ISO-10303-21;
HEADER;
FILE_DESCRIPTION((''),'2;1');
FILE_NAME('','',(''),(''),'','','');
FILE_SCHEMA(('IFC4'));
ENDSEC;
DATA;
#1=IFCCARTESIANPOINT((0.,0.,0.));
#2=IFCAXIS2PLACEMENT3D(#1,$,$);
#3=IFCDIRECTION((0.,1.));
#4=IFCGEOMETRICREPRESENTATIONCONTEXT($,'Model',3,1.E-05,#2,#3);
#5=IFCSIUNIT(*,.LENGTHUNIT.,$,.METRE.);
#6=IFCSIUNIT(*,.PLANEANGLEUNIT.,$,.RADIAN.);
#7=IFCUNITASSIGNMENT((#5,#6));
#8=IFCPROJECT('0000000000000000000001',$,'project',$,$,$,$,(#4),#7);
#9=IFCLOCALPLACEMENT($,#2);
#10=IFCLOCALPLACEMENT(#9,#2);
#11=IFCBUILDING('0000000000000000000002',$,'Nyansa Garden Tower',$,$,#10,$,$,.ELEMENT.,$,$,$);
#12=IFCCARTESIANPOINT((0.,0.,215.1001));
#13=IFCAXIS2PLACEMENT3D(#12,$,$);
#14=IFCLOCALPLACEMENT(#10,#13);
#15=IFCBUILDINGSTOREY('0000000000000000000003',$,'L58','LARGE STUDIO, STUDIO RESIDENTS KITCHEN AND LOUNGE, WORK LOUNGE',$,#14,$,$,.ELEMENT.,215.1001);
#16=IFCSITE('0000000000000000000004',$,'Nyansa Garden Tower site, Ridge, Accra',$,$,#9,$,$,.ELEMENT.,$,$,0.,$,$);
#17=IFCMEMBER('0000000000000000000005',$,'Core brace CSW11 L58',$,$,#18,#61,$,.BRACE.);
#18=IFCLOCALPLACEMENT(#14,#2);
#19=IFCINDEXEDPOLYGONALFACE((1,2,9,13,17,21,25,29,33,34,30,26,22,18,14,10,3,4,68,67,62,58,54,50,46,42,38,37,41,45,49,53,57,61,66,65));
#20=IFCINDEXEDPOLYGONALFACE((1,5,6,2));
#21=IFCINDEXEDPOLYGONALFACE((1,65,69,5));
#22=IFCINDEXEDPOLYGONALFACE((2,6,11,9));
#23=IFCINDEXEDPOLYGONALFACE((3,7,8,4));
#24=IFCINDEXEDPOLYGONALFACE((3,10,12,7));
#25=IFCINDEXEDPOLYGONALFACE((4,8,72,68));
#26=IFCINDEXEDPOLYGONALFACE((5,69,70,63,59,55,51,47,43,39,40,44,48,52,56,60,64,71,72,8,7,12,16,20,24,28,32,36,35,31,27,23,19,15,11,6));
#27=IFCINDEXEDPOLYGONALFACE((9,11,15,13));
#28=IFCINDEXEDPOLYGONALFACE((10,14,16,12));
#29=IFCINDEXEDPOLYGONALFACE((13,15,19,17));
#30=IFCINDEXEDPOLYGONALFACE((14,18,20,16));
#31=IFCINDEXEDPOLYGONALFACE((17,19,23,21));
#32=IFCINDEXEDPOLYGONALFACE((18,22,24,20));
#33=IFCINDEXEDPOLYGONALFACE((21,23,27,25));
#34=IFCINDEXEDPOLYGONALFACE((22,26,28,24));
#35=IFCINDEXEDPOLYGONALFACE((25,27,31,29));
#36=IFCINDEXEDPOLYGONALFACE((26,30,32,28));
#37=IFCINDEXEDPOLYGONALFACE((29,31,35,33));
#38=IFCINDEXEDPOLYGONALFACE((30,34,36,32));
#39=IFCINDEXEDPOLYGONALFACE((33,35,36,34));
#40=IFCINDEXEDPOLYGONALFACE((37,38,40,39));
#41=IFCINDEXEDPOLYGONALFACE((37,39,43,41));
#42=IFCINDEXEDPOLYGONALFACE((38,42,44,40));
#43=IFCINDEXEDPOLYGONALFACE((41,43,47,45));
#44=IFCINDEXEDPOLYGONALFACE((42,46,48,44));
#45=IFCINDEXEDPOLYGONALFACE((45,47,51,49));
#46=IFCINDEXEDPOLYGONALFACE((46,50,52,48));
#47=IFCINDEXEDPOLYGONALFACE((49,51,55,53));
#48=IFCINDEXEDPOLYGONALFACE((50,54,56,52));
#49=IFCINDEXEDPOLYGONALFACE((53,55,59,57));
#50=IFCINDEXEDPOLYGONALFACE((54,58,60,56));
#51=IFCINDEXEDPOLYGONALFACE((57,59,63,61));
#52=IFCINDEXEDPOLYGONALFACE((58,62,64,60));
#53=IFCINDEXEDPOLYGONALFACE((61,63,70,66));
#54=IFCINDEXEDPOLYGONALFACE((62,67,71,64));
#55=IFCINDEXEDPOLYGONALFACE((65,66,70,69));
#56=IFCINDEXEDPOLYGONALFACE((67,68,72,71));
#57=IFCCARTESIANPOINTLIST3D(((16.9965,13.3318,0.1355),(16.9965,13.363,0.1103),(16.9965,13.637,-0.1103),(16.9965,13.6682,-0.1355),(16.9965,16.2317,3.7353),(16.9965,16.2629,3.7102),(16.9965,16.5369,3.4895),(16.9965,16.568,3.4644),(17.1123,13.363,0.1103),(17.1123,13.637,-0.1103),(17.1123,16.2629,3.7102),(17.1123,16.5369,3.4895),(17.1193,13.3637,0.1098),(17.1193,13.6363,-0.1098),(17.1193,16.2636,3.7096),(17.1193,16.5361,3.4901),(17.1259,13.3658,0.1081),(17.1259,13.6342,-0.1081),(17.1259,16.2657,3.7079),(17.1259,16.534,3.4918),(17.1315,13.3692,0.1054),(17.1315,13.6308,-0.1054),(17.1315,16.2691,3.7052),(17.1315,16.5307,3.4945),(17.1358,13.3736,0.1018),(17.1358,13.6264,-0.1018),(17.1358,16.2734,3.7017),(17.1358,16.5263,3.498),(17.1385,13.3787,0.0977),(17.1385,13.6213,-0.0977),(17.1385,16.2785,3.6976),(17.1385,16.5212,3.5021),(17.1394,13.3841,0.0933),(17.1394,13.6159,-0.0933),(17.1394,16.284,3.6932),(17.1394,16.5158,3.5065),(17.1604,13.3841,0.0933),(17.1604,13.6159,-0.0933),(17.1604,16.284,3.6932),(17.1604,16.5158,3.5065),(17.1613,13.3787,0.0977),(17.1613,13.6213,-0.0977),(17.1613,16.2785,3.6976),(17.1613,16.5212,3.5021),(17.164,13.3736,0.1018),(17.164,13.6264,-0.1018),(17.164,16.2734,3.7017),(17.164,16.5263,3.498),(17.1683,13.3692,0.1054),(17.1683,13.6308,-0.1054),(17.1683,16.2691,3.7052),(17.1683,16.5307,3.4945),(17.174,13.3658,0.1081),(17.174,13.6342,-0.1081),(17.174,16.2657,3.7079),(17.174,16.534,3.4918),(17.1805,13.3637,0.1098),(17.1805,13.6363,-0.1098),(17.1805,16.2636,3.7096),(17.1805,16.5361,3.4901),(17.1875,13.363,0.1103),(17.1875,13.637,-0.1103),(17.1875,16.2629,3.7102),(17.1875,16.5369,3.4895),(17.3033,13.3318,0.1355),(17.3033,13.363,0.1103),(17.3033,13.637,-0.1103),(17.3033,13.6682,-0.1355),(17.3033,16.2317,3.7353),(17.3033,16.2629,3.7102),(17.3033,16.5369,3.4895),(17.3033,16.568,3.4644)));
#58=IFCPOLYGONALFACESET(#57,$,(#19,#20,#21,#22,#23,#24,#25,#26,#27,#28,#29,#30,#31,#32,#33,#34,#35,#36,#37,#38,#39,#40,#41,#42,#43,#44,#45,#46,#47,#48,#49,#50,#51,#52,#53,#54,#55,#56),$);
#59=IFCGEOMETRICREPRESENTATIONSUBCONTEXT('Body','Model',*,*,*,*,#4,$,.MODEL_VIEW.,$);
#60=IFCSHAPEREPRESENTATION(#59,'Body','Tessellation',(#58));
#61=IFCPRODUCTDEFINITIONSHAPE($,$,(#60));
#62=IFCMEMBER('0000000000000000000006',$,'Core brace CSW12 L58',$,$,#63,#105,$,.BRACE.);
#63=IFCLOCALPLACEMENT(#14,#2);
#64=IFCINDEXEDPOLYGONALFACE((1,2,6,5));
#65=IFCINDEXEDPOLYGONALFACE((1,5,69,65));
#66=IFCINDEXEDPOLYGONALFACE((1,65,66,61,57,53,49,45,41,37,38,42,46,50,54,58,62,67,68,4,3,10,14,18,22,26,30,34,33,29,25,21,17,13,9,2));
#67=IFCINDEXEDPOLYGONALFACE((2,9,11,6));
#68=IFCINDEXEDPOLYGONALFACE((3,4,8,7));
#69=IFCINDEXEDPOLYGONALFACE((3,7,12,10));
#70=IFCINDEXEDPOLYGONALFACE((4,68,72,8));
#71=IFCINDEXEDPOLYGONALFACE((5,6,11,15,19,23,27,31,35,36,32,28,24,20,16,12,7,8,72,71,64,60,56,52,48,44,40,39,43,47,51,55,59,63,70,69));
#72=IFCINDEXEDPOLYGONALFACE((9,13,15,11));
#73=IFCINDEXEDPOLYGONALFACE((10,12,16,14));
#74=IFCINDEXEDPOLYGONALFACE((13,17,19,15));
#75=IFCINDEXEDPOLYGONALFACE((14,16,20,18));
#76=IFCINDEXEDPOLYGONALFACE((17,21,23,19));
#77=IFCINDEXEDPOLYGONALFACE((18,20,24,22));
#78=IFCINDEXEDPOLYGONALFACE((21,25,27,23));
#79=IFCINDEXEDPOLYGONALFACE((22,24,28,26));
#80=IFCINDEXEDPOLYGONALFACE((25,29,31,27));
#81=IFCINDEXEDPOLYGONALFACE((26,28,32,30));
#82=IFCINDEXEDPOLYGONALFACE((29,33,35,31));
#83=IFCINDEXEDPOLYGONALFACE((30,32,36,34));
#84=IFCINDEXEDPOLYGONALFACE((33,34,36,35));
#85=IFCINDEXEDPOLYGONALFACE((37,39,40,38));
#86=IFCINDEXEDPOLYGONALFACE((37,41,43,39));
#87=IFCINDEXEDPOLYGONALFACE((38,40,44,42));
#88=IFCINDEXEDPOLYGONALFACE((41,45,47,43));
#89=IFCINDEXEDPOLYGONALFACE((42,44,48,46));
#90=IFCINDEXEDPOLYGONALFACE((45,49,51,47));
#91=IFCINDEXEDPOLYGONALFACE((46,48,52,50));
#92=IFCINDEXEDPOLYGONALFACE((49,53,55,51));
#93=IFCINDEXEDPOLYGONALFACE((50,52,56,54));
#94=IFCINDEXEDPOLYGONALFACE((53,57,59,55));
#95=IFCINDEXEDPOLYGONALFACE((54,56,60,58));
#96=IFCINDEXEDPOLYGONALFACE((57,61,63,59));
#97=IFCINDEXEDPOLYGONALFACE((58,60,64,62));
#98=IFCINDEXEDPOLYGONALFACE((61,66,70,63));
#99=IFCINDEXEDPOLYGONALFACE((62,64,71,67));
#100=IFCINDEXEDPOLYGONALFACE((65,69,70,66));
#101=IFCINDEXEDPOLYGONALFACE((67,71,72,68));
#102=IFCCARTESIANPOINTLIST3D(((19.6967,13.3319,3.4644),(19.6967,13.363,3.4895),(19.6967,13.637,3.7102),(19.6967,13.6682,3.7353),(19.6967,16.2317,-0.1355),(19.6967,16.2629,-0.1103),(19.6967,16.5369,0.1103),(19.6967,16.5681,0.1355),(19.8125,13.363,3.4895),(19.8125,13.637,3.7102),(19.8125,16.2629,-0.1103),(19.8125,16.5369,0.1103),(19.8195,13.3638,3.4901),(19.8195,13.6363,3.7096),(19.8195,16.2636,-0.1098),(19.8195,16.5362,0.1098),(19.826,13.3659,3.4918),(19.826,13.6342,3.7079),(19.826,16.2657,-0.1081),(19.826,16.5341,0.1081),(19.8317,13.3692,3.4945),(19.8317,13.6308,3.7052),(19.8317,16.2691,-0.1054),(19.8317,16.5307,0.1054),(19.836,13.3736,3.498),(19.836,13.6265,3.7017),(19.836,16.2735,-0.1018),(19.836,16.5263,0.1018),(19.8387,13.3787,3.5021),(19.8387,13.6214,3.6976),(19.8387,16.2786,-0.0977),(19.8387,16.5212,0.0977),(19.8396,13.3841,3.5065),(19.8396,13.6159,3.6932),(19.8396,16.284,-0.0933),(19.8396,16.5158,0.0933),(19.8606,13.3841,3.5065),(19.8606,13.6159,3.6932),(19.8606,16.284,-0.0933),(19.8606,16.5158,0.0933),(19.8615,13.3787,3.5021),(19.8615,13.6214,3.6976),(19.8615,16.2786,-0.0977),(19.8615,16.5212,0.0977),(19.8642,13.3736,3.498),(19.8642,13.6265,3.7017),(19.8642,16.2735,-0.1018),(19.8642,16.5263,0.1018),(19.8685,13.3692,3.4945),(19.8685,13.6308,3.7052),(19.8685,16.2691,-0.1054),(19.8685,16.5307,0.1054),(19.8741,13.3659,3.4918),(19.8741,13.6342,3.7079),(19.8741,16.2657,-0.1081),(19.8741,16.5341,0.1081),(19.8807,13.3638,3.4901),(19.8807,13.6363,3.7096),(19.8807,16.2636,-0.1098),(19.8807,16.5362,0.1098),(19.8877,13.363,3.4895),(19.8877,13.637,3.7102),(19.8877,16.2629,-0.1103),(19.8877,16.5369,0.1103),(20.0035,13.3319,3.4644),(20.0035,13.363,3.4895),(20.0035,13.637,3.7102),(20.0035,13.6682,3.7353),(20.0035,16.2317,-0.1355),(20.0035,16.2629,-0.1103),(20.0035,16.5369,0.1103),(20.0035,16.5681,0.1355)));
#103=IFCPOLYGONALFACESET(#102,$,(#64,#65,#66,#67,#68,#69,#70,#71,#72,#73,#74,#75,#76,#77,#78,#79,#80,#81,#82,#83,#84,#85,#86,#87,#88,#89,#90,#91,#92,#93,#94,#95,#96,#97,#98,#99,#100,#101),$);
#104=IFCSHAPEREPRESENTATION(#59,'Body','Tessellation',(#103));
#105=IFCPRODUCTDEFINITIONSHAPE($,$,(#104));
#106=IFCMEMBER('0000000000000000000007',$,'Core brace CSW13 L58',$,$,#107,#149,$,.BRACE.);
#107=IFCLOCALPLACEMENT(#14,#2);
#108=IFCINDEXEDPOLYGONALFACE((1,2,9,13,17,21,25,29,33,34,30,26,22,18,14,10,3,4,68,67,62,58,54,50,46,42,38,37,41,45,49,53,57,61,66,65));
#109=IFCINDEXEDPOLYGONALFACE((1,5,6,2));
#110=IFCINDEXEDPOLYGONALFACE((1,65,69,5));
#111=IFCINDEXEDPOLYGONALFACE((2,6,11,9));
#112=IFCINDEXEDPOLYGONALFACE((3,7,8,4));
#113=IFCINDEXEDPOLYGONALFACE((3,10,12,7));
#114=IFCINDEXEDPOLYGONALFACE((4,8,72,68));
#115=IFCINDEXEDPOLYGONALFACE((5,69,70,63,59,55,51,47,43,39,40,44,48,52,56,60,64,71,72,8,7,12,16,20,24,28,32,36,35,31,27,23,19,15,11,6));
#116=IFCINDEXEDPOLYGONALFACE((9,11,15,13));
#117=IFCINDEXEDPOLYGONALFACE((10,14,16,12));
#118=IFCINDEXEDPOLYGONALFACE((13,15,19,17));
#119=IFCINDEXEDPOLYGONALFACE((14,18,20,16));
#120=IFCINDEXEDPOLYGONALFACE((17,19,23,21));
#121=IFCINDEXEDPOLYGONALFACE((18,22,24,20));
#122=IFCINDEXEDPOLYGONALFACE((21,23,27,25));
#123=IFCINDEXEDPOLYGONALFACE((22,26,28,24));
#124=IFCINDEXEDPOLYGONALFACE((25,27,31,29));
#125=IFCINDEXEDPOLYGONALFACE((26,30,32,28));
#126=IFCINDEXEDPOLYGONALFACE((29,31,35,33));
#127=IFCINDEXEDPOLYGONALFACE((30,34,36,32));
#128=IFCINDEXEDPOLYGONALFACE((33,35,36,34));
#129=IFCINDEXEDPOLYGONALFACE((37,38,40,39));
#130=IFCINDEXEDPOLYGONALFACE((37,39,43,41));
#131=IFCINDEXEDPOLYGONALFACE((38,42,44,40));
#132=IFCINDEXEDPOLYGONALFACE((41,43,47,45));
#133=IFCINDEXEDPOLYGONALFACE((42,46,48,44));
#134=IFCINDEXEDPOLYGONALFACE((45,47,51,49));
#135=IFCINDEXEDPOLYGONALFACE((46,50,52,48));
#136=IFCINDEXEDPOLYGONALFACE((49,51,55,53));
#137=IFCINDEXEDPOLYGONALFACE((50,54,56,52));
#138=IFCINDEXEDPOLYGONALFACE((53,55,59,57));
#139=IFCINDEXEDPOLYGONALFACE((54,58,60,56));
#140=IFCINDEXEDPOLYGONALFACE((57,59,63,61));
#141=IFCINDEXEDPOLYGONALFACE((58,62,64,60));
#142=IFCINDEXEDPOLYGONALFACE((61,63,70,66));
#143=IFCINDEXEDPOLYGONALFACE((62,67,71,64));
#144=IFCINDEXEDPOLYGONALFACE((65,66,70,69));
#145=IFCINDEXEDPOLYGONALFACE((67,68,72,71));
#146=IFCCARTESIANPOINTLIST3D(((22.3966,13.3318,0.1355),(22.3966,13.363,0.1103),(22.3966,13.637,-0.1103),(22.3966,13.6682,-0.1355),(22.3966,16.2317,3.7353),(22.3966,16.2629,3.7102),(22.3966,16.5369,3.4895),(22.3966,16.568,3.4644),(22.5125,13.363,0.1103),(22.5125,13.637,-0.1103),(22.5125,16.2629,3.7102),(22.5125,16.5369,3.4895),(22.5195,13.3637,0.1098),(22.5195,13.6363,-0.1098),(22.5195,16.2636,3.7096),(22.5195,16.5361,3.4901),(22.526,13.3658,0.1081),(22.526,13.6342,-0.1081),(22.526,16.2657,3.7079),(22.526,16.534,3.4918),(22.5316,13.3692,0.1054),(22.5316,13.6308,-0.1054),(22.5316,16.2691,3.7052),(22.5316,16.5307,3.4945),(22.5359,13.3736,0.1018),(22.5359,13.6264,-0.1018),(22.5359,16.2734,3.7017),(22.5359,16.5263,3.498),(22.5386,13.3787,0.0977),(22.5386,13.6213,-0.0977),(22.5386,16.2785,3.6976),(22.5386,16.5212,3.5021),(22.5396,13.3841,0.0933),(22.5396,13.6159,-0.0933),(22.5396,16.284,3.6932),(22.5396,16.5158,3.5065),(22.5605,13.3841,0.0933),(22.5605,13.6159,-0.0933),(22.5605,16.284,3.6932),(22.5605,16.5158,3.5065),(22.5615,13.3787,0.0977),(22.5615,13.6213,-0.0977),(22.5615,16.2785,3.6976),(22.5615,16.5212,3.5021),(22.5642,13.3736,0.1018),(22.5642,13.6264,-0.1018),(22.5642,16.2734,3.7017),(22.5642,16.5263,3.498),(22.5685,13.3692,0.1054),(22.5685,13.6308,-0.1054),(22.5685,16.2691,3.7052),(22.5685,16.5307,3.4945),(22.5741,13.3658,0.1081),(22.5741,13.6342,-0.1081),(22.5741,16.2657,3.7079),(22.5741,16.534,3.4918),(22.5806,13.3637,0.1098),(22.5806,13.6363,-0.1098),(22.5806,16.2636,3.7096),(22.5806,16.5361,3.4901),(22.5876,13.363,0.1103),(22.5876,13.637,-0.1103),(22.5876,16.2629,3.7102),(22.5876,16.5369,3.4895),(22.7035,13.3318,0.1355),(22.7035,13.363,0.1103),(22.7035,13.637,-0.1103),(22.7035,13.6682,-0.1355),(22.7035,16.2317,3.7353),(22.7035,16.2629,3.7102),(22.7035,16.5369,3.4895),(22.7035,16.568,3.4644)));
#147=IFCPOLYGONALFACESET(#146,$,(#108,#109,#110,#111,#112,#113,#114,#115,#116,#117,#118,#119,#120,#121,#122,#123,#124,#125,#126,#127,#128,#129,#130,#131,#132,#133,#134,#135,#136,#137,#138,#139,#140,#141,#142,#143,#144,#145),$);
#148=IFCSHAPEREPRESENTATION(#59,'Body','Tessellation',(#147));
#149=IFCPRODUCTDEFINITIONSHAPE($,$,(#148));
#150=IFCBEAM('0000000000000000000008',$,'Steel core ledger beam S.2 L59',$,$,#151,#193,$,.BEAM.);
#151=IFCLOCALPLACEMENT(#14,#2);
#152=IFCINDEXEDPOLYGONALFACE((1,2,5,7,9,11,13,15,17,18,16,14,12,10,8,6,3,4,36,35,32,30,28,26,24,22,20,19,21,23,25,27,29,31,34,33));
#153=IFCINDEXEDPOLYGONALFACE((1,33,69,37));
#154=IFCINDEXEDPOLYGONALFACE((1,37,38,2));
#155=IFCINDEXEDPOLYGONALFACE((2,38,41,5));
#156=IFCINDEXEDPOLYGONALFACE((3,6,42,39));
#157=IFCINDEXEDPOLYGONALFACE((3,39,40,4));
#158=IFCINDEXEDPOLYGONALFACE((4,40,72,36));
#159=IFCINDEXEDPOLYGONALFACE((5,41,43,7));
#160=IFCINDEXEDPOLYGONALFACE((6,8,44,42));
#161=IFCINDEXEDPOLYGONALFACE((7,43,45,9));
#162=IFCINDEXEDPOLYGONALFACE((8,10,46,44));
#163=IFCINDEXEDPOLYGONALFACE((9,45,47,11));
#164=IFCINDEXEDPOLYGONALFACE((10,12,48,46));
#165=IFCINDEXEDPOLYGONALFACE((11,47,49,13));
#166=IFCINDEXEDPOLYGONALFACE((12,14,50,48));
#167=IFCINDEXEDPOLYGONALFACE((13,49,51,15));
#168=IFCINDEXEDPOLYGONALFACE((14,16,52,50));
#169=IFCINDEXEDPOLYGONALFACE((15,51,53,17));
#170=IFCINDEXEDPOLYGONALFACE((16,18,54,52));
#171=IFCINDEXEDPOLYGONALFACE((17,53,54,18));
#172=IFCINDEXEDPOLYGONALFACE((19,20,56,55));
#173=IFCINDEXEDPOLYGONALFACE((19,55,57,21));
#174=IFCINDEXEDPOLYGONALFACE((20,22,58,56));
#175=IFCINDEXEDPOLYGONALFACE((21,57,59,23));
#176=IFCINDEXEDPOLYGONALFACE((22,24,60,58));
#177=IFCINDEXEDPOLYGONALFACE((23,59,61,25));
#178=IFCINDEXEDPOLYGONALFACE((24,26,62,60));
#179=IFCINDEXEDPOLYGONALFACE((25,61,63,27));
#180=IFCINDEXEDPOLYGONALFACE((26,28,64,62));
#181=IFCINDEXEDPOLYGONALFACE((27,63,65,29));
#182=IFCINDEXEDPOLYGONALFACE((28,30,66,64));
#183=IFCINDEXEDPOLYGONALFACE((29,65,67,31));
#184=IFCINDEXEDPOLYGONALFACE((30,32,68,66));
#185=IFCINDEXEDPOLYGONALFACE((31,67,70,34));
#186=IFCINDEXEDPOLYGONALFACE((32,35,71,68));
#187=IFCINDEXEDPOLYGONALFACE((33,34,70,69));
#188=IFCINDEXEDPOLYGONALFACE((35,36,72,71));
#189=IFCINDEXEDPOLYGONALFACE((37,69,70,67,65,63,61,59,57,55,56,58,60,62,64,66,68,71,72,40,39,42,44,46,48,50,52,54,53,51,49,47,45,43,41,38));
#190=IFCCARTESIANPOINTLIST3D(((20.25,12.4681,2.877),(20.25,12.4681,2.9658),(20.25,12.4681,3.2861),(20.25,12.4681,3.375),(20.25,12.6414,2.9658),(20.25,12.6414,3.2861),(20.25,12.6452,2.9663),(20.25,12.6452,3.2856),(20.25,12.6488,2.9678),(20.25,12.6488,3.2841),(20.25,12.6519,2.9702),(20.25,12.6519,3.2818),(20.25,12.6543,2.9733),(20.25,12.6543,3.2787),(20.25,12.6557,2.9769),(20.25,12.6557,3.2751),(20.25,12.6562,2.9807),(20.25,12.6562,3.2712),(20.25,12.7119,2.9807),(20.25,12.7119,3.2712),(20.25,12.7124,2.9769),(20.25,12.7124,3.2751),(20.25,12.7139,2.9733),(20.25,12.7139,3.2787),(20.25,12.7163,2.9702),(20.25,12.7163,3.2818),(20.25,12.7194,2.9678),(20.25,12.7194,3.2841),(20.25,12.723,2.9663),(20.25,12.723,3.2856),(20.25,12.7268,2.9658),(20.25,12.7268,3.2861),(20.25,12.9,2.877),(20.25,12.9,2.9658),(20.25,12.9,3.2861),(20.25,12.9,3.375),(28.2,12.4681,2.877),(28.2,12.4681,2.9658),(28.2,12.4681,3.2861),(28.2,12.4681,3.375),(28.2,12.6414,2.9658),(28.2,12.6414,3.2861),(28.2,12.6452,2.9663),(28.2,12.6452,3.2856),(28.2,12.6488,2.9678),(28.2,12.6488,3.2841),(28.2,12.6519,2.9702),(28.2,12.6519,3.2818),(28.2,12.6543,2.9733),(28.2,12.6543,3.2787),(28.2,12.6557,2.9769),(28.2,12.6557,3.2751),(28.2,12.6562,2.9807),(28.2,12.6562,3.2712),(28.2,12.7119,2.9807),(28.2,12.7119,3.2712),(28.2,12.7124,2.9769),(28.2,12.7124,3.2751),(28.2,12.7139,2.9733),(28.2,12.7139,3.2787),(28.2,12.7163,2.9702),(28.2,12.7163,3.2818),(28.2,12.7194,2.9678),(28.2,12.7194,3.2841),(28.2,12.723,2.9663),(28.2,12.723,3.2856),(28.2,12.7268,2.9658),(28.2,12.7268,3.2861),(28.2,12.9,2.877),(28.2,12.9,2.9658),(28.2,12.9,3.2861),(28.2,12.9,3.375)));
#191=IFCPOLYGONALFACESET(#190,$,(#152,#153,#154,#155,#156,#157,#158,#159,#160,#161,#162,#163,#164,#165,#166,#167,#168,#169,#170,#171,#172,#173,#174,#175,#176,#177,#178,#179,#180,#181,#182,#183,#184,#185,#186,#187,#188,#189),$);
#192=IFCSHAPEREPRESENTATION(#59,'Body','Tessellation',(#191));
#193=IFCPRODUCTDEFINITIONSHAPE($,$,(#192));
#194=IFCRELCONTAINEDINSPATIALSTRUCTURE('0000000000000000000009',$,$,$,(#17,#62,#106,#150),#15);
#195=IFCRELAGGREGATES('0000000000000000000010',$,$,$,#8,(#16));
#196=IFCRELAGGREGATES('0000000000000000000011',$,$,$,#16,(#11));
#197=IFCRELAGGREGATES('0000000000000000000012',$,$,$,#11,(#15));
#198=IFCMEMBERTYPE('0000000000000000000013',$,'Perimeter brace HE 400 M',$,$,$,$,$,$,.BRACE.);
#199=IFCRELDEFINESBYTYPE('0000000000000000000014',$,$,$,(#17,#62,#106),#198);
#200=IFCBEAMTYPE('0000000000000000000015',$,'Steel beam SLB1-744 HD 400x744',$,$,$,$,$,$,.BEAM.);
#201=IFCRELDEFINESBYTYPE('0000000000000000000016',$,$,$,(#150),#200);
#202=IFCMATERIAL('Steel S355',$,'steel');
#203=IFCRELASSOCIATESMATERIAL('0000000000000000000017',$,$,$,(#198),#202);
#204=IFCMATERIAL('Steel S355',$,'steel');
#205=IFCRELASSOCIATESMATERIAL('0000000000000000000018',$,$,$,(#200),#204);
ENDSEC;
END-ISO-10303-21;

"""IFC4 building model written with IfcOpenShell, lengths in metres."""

from ifc_helpers import new_model, si_unit, direction, frame, origin, origin_2d, place, context, subcontext, project, spatial, i_section, extrude, material, material_profile, profile_set, type_object, element, save


model = new_model("IFC4")

# Units and contexts
model_context = context("Model", 3, precision=1e-05, world=origin(), true_north=direction((0.0, 1.0)))
body_context = subcontext(model_context, "Body", "Model", "MODEL_VIEW")
ifc_project = project(units=[si_unit("LENGTHUNIT", "METRE"), si_unit("PLANEANGLEUNIT", "RADIAN")], contexts=[model_context])

# Site, building, storey
site_placement = place(None, origin())
site = spatial("IfcSite", under=ifc_project, at=site_placement, Name="Nyansa Garden Tower site, Ridge, Accra", CompositionType="ELEMENT", RefElevation=0.0)
building_placement = place(site_placement, origin())
building = spatial("IfcBuilding", under=site, at=building_placement, Name="Nyansa Garden Tower", CompositionType="ELEMENT")
storey_placement = place(building_placement, frame((0.0, 0.0, 215.1001)))
storey = spatial("IfcBuildingStorey", under=building, at=storey_placement, Name="L58", Description="LARGE STUDIO, STUDIO RESIDENTS KITCHEN AND LOUNGE, WORK LOUNGE", CompositionType="ELEMENT", Elevation=215.1001)

# Members
ifc_material_1 = material(Name="Steel S355", Category="steel")
ifc_material_profile_1 = material_profile(ifc_material_1, i_section(OverallWidth=0.3069, OverallDepth=0.4319, WebThickness=0.021, FlangeThickness=0.04, FilletRadius=0.0271, at=origin_2d()), Name="HE 400 M")
ifc_profile_set_1 = profile_set([ifc_material_profile_1], Name="Steel S355")
member_type = type_object("IfcMemberType", Name="Perimeter brace HE 400 M", PredefinedType="BRACE", material=ifc_profile_set_1)
for number, where, z_axis, x_axis, name in (
    (1, (17.1499, 13.5, 0.0), (0.0, 0.627332, 0.778752), (-1.0, 0.0, 0.0), "Core brace CSW11 L58"),
    (2, (19.8501, 16.3999, 0.0), (0.0, -0.627332, 0.778752), (1.0, 0.0, 0.0), "Core brace CSW12 L58"),
    (3, (22.55, 13.5, 0.0), (0.0, 0.627332, 0.778752), (-1.0, 0.0, 0.0), "Core brace CSW13 L58"),
):
    element("IfcMember", number, at=place(storey_placement, frame(where, z_axis=z_axis, x_axis=x_axis)), inside=storey, type_object=member_type, Name=name, PredefinedType="BRACE", context=body_context, shape_type="SweptSolid", body=[
        extrude(i_section(OverallWidth=0.3069, OverallDepth=0.4319, WebThickness=0.021, FlangeThickness=0.04, FilletRadius=0.0271, at=origin_2d()), origin(), (0.0, 0.0, 1.0), 4.6226),
    ])

# Beam
ifc_material_2 = material(Name="Steel S355", Category="steel")
ifc_material_profile_2 = material_profile(ifc_material_2, i_section(OverallWidth=0.4319, OverallDepth=0.498, WebThickness=0.0557, FlangeThickness=0.0889, FilletRadius=0.0149, at=origin_2d()), Name="HD 400x744")
ifc_profile_set_2 = profile_set([ifc_material_profile_2], Name="Steel S355")
beam_type = type_object("IfcBeamType", Name="Steel beam SLB1-744 HD 400x744", PredefinedType="BEAM", material=ifc_profile_set_2)
beam_placement = place(storey_placement, frame((20.25, 12.6841, 3.126), z_axis=(1.0, 0.0, 0.0), x_axis=(0.0, 1.0, 0.0)))
element("IfcBeam", 4, at=beam_placement, inside=storey, type_object=beam_type, Name="Steel core ledger beam S.2 L59", PredefinedType="BEAM", context=body_context, shape_type="SweptSolid", body=[
    extrude(i_section(OverallWidth=0.4319, OverallDepth=0.498, WebThickness=0.0557, FlangeThickness=0.0889, FilletRadius=0.0149, at=origin_2d()), origin(), (0.0, 0.0, 1.0), 7.95),
])

save(model, "model.ifc")
